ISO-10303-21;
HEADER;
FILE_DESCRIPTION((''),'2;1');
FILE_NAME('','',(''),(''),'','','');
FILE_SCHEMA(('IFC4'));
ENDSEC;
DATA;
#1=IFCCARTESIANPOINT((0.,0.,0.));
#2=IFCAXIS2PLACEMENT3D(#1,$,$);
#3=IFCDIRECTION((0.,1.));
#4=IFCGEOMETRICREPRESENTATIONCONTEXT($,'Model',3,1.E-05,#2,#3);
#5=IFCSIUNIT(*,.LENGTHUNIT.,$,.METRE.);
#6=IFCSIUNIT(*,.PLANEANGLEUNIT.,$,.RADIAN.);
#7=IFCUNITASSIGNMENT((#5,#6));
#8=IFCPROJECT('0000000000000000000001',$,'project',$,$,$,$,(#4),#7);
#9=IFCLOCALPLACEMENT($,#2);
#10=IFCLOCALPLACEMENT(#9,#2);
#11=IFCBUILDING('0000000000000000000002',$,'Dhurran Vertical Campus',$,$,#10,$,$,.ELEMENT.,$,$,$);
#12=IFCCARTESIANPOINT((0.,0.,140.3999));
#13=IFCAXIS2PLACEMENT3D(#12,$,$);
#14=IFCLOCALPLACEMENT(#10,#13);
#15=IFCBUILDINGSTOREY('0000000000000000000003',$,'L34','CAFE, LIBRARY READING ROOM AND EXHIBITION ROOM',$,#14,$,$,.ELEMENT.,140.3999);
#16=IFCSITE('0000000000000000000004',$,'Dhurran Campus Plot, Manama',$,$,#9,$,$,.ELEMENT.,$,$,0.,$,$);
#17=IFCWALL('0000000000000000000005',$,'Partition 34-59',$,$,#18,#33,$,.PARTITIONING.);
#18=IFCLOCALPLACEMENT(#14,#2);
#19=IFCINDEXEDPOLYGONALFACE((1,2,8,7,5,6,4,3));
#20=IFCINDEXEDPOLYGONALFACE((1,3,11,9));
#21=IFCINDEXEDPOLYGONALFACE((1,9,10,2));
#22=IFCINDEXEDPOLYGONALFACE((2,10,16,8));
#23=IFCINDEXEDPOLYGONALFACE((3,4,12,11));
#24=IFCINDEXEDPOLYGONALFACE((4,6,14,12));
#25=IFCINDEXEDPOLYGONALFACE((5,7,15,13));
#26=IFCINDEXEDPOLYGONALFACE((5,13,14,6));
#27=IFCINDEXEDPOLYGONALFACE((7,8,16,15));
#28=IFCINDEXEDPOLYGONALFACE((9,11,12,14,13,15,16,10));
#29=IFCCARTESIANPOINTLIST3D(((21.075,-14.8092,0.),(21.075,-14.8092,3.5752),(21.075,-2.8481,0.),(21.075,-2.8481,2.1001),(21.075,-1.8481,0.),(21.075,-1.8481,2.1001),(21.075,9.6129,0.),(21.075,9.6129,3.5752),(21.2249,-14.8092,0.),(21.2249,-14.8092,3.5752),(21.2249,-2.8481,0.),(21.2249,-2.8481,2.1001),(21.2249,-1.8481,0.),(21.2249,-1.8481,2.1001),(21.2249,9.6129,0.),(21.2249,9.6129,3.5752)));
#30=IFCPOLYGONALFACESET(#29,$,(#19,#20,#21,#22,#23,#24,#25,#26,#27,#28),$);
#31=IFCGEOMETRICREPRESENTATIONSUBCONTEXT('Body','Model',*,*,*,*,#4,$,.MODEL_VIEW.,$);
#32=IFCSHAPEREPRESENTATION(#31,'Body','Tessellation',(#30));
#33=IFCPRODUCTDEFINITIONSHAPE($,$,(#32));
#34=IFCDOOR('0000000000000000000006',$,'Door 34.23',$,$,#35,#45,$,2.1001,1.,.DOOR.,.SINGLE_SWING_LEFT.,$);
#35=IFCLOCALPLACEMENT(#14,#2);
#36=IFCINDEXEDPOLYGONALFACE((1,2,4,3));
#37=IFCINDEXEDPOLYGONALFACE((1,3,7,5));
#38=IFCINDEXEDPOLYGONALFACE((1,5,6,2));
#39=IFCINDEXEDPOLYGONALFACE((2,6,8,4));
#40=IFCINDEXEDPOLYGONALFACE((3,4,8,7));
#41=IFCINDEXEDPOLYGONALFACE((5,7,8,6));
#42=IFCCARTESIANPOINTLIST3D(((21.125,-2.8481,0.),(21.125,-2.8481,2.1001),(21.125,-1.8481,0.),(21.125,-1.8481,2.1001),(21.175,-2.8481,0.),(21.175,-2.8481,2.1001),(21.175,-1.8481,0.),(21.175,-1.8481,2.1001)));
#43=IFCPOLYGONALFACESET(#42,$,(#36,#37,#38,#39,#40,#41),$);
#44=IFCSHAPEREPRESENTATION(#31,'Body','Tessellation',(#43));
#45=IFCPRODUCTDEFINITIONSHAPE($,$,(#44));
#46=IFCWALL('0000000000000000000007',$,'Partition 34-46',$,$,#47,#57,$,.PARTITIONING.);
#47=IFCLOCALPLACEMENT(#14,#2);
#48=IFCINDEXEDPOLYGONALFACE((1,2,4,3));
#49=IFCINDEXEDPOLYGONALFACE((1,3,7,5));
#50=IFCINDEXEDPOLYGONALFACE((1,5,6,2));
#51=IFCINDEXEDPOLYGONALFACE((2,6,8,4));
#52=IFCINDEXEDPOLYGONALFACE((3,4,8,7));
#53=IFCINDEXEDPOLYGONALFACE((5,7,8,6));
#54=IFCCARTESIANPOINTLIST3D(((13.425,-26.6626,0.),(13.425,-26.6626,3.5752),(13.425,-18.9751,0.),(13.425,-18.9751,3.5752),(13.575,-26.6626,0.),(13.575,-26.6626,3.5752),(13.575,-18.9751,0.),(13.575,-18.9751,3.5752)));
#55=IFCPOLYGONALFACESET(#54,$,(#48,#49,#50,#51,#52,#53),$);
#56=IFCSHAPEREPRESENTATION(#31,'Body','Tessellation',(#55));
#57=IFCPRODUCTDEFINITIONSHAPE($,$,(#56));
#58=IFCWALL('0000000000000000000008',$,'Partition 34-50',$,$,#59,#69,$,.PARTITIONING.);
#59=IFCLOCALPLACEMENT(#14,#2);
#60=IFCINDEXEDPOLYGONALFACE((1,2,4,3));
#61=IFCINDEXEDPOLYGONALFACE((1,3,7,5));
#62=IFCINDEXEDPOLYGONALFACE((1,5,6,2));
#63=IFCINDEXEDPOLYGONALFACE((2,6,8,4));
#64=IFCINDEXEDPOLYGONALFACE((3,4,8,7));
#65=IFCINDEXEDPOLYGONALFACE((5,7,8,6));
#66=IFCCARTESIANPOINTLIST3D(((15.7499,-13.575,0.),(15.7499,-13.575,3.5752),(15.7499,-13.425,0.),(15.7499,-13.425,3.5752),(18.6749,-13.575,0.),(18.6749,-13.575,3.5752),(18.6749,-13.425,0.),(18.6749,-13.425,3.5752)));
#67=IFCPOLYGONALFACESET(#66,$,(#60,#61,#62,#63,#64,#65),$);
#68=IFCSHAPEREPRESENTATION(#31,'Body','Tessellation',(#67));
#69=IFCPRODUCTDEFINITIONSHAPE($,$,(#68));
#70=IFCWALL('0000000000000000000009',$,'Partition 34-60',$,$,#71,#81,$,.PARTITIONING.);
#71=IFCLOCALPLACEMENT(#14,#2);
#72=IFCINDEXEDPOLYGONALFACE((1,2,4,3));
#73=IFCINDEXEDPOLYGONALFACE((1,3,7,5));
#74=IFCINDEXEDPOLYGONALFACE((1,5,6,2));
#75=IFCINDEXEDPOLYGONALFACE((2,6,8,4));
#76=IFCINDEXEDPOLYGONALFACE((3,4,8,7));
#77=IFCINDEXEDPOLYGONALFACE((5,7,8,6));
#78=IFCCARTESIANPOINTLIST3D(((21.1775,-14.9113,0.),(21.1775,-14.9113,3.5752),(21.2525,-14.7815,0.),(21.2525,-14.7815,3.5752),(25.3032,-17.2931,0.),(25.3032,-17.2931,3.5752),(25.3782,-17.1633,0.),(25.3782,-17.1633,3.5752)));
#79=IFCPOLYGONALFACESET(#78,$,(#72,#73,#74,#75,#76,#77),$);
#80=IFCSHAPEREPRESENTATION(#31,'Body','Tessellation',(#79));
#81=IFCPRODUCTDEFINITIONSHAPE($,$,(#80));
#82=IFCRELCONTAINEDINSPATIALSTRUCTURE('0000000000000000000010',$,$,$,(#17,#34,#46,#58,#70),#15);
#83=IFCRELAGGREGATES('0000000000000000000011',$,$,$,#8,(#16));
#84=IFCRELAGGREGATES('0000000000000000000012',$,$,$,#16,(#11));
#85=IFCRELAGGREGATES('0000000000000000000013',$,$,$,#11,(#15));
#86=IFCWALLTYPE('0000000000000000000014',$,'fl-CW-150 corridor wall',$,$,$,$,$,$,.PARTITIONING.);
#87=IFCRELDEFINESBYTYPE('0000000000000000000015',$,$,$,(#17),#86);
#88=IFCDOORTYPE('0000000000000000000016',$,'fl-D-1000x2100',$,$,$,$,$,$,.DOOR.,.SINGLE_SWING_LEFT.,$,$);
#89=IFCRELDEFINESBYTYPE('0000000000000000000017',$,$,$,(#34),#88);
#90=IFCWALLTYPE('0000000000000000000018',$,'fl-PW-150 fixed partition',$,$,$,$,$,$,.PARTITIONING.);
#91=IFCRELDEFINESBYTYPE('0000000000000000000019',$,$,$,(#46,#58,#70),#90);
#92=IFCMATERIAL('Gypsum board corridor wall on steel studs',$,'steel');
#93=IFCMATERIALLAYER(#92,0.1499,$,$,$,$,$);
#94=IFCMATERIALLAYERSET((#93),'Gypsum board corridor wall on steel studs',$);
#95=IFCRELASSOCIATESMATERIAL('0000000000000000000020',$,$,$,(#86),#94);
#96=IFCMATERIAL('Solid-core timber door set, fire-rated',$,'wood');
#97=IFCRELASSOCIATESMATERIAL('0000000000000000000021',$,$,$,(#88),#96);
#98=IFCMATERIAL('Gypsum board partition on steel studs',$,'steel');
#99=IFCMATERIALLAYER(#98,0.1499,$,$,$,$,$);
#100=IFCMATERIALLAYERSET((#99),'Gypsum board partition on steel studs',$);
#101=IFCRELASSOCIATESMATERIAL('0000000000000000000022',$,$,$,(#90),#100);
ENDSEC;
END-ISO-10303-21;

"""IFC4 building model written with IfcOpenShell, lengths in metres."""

from ifc_helpers import new_model, si_unit, direction, frame, frame_2d, origin, place, context, subcontext, project, spatial, rectangle, extrude, material, layer, layer_set, type_object, element, fill, save


model = new_model("IFC4")

# Units and contexts
model_context = context("Model", 3, precision=1e-05, world=origin(), true_north=direction((0.0, 1.0)))
body_context = subcontext(model_context, "Body", "Model", "MODEL_VIEW")
ifc_project = project(units=[si_unit("LENGTHUNIT", "METRE"), si_unit("PLANEANGLEUNIT", "RADIAN")], contexts=[model_context])

# Site, building, storey
site_placement = place(None, origin())
site = spatial("IfcSite", under=ifc_project, at=site_placement, Name="Dhurran Campus Plot, Manama", CompositionType="ELEMENT", RefElevation=0.0)
building_placement = place(site_placement, origin())
building = spatial("IfcBuilding", under=site, at=building_placement, Name="Dhurran Vertical Campus", CompositionType="ELEMENT")
storey_placement = place(building_placement, frame((0.0, 0.0, 140.3999)))
storey = spatial("IfcBuildingStorey", under=building, at=storey_placement, Name="L34", Description="CAFE, LIBRARY READING ROOM AND EXHIBITION ROOM", CompositionType="ELEMENT", Elevation=140.3999)

# Shared definitions
ifc_material_1 = material(Name="Gypsum board corridor wall on steel studs", Category="steel")
ifc_layer_1 = layer(ifc_material_1, 0.1499)
ifc_layer_set_1 = layer_set([ifc_layer_1], Name="Gypsum board corridor wall on steel studs")
wall_type_1 = type_object("IfcWallType", Name="fl-CW-150 corridor wall", PredefinedType="PARTITIONING", material=ifc_layer_set_1)

# Shared definitions
ifc_material_2 = material(Name="Solid-core timber door set, fire-rated", Category="wood")
door_type = type_object("IfcDoorType", Name="fl-D-1000x2100", OperationType="SINGLE_SWING_LEFT", PredefinedType="DOOR", material=ifc_material_2)

# Wall, opening, door
wall_1_placement = place(storey_placement, frame((21.1499, -14.8091, 0.0), z_axis=(0.0, 0.0, 1.0), x_axis=(0.0, 1.0, 0.0)))
wall_1 = element("IfcWall", 1, at=wall_1_placement, inside=storey, type_object=wall_type_1, Name="Partition 34-59", PredefinedType="PARTITIONING", context=body_context, shape_type="SweptSolid", body=[
    extrude(rectangle(XDim=24.4221, YDim=0.1499, at=frame_2d((12.2109, 0.0))), origin(), (0.0, 0.0, 1.0), 3.5752),
])
opening_1_placement = place(wall_1_placement, frame((11.9609, 0.0, 0.0)))
opening_1 = element("IfcOpeningElement", 2, at=opening_1_placement, cuts=wall_1, PredefinedType="OPENING", context=body_context, shape_type="SweptSolid", body=[
    extrude(rectangle(XDim=1.0, YDim=2.1001, at=frame_2d((0.5, 1.05))), frame((0.0, 0.085, 0.0), z_axis=(0.0, -1.0, 0.0), x_axis=(1.0, 0.0, 0.0)), (0.0, 0.0, 1.0), 0.1699),
])
door_1_placement = place(opening_1_placement, origin())
door_1 = element("IfcDoor", 3, at=door_1_placement, inside=storey, type_object=door_type, Name="Door 34.23", OperationType="SINGLE_SWING_LEFT", OverallHeight=2.1001, OverallWidth=1.0, PredefinedType="DOOR", context=body_context, shape_type="SweptSolid", body=[
    extrude(rectangle(XDim=1.0, YDim=2.1001, at=frame_2d((0.5, 1.05))), frame((0.0, 0.0249, 0.0), z_axis=(0.0, -1.0, 0.0), x_axis=(1.0, 0.0, 0.0)), (0.0, 0.0, 1.0), 0.05),
])
fill(opening_1, door_1)

# Walls
ifc_material_3 = material(Name="Gypsum board partition on steel studs", Category="steel")
ifc_layer_2 = layer(ifc_material_3, 0.1499)
ifc_layer_set_2 = layer_set([ifc_layer_2], Name="Gypsum board partition on steel studs")
wall_type_2 = type_object("IfcWallType", Name="fl-PW-150 fixed partition", PredefinedType="PARTITIONING", material=ifc_layer_set_2)
wall_2_placement = place(storey_placement, frame((13.5, -18.9751, 0.0), z_axis=(0.0, 0.0, 1.0), x_axis=(0.0, -1.0, 0.0)))
element("IfcWall", 4, at=wall_2_placement, inside=storey, type_object=wall_type_2, Name="Partition 34-46", PredefinedType="PARTITIONING", context=body_context, shape_type="SweptSolid", body=[
    extrude(rectangle(XDim=7.6875, YDim=0.1499, at=frame_2d((3.8438, 0.0))), origin(), (0.0, 0.0, 1.0), 3.5752),
])
wall_3_placement = place(storey_placement, frame((15.75, -13.5, 0.0), z_axis=(0.0, 0.0, 1.0), x_axis=(1.0, 0.0, 0.0)))
element("IfcWall", 5, at=wall_3_placement, inside=storey, type_object=wall_type_2, Name="Partition 34-50", PredefinedType="PARTITIONING", context=body_context, shape_type="SweptSolid", body=[
    extrude(rectangle(XDim=2.925, YDim=0.1499, at=frame_2d((1.4624, 0.0))), origin(), (0.0, 0.0, 1.0), 3.5752),
])
wall_4_placement = place(storey_placement, frame((21.2151, -14.8464, 0.0), z_axis=(0.0, 0.0, 1.0), x_axis=(0.86604, -0.499975, 0.0)))
element("IfcWall", 6, at=wall_4_placement, inside=storey, type_object=wall_type_2, Name="Partition 34-60", PredefinedType="PARTITIONING", context=body_context, shape_type="SweptSolid", body=[
    extrude(rectangle(XDim=4.7639, YDim=0.1499, at=frame_2d((2.3818, 0.0))), origin(), (0.0, 0.0, 1.0), 3.5752),
])

save(model, "model.ifc")
